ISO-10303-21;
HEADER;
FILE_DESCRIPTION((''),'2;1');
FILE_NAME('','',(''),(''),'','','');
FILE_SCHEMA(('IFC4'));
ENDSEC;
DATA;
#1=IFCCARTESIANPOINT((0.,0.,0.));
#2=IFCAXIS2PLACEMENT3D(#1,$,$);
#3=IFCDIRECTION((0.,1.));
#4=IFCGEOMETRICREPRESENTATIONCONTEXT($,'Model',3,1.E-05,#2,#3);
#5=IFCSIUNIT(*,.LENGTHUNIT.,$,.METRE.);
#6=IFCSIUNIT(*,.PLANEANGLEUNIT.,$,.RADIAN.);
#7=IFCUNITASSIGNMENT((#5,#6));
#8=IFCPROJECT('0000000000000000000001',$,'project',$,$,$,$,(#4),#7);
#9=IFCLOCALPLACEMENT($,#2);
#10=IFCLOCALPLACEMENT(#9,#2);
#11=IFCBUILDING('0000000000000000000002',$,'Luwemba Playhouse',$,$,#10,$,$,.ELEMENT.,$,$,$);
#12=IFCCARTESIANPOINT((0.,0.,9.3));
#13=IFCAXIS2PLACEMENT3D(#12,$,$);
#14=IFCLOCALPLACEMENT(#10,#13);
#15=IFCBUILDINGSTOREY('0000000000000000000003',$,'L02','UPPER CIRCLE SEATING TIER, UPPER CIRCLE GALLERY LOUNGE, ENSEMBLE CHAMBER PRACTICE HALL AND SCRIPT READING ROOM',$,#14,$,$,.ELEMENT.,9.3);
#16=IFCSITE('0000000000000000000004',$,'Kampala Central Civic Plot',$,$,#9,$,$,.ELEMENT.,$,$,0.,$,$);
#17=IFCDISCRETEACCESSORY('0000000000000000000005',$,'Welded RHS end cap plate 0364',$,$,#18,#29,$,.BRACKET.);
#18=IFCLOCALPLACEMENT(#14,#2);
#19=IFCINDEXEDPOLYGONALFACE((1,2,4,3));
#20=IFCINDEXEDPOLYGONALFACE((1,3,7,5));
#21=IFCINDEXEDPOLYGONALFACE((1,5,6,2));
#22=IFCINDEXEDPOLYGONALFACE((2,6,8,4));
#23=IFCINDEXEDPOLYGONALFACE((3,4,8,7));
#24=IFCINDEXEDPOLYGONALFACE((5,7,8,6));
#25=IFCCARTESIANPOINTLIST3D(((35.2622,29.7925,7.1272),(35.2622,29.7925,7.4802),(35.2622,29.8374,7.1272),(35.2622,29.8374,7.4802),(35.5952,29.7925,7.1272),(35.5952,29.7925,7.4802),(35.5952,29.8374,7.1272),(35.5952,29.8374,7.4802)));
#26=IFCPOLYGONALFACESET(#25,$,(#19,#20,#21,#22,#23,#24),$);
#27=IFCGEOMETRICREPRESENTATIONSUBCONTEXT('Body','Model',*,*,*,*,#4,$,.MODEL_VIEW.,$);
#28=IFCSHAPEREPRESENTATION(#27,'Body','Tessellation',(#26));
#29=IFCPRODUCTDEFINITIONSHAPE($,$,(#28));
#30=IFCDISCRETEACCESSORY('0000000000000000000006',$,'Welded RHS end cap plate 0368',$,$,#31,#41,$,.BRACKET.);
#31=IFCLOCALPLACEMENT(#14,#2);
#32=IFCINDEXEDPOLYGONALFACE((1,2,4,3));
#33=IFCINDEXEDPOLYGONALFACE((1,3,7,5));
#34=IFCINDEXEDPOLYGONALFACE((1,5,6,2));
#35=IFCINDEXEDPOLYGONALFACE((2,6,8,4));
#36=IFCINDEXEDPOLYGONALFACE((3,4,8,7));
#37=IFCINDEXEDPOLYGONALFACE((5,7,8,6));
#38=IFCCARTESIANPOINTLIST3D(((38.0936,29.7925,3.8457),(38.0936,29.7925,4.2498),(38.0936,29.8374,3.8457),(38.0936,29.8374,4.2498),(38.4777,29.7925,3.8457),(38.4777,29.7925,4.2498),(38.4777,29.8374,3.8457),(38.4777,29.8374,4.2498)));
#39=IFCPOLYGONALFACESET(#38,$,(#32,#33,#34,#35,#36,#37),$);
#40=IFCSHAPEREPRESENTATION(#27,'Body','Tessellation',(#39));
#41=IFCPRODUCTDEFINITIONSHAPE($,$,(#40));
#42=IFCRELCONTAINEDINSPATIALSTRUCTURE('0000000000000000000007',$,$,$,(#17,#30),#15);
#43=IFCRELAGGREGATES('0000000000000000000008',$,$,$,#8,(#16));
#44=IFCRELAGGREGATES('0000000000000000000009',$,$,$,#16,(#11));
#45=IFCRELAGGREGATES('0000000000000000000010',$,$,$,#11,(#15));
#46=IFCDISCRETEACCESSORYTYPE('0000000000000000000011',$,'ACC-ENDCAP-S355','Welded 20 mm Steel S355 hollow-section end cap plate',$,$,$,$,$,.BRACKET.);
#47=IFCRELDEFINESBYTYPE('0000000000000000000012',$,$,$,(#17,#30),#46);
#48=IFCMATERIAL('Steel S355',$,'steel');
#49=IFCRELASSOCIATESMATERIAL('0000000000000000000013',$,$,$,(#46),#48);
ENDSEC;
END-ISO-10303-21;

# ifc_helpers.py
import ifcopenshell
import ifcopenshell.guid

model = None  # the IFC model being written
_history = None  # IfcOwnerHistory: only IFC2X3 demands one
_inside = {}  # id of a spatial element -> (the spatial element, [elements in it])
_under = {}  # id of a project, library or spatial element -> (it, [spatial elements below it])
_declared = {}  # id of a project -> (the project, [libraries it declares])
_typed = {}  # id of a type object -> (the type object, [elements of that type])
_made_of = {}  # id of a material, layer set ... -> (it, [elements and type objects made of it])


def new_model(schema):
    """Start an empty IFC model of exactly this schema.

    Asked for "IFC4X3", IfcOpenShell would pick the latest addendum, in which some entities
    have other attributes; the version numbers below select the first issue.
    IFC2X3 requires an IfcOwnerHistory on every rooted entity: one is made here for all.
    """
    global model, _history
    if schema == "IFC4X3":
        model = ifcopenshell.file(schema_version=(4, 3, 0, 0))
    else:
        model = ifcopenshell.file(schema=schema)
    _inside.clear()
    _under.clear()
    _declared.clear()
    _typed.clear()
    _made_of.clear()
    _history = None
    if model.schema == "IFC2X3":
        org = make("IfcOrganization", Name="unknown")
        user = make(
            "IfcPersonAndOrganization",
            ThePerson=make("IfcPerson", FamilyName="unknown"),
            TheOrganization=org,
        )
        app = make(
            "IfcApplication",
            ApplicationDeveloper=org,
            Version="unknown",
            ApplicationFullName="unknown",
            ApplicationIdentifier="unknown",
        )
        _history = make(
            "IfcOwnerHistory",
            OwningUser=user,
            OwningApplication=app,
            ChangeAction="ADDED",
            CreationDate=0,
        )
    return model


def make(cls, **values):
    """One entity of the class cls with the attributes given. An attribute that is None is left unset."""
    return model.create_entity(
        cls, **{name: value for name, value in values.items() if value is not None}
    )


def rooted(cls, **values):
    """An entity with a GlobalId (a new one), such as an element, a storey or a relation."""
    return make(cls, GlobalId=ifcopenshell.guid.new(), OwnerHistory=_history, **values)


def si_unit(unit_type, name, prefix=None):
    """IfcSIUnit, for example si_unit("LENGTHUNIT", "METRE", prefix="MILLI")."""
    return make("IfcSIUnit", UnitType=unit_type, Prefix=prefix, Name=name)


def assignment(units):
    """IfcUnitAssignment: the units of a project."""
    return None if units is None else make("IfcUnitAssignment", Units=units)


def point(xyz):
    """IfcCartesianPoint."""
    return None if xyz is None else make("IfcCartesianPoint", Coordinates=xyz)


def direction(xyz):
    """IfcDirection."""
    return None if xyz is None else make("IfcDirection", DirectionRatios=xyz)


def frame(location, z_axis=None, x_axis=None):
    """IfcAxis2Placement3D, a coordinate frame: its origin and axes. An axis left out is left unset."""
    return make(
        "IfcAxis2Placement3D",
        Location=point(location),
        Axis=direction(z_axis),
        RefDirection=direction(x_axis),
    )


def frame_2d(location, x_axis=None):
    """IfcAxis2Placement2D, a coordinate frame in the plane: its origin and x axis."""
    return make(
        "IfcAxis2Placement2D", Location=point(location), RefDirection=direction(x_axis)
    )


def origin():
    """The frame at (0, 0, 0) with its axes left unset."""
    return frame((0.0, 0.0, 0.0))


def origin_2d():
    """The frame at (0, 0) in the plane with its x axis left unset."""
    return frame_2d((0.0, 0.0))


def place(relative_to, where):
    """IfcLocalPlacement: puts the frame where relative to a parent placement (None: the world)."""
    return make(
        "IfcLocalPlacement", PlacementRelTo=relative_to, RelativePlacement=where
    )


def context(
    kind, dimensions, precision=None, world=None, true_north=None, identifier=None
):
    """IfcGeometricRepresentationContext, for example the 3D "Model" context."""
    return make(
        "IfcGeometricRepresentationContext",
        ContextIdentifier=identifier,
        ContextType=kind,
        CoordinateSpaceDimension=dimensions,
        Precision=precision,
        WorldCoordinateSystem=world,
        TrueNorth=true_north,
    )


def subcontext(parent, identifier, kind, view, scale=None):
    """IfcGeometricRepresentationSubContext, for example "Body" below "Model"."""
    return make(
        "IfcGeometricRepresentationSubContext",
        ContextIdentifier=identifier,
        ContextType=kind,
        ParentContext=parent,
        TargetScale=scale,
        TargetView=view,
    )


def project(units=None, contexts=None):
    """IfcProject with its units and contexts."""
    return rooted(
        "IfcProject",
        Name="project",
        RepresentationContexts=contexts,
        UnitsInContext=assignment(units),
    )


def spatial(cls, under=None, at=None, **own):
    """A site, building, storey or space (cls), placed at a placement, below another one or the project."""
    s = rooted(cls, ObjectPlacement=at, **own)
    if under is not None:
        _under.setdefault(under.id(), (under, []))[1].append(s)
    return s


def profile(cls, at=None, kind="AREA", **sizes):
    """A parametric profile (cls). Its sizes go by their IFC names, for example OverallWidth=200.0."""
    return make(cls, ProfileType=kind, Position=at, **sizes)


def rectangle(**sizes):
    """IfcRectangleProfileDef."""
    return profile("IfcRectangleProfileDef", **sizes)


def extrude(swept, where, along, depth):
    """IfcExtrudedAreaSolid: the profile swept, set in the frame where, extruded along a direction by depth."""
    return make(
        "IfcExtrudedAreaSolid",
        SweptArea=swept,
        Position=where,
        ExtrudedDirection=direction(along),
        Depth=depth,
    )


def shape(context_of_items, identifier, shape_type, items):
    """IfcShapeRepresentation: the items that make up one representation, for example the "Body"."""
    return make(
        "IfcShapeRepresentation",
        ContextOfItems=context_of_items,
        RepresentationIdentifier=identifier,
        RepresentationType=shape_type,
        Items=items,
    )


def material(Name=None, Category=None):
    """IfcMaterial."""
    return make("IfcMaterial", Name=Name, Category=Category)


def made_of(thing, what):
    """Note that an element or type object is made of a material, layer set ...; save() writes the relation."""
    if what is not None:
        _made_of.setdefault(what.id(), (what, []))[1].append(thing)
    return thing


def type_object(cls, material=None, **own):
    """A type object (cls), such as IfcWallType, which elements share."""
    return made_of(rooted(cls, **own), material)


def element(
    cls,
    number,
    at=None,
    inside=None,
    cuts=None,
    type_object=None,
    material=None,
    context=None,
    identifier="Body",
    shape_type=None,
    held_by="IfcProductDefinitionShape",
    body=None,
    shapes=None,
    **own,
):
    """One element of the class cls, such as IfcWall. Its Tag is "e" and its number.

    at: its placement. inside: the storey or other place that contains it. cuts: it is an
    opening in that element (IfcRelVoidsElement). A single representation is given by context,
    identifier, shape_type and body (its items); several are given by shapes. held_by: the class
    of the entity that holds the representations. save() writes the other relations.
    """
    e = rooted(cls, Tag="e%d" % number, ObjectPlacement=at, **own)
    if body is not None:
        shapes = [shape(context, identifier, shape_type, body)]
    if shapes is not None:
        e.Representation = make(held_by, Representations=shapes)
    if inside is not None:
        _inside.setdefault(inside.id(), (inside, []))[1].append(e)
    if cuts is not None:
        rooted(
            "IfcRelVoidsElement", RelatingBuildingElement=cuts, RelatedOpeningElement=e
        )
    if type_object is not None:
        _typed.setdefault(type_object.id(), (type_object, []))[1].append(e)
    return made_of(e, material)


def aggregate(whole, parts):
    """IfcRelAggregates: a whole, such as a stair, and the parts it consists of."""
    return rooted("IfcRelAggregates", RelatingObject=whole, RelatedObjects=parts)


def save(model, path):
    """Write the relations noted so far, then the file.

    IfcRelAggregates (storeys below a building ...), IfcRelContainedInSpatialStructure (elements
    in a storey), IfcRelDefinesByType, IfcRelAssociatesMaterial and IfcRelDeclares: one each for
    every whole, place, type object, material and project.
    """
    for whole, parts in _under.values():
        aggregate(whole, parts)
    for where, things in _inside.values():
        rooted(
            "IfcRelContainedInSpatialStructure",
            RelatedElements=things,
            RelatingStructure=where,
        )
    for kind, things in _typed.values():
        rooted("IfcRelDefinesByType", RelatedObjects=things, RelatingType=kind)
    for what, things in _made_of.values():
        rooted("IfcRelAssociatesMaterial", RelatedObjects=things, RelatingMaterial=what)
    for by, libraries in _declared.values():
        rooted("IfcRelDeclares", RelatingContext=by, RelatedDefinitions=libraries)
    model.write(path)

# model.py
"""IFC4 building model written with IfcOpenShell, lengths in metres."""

from ifc_helpers import new_model, si_unit, direction, frame, origin, origin_2d, place, context, subcontext, project, spatial, rectangle, extrude, material, type_object, element, save


model = new_model("IFC4")

# Units and contexts
model_context = context("Model", 3, precision=1e-05, world=origin(), true_north=direction((0.0, 1.0)))
body_context = subcontext(model_context, "Body", "Model", "MODEL_VIEW")
ifc_project = project(units=[si_unit("LENGTHUNIT", "METRE"), si_unit("PLANEANGLEUNIT", "RADIAN")], contexts=[model_context])

# Site, building, storey
site_placement = place(None, origin())
site = spatial("IfcSite", under=ifc_project, at=site_placement, Name="Kampala Central Civic Plot", CompositionType="ELEMENT", RefElevation=0.0)
building_placement = place(site_placement, origin())
building = spatial("IfcBuilding", under=site, at=building_placement, Name="Luwemba Playhouse", CompositionType="ELEMENT")
storey_placement = place(building_placement, frame((0.0, 0.0, 9.3)))
storey = spatial("IfcBuildingStorey", under=building, at=storey_placement, Name="L02", Description="UPPER CIRCLE SEATING TIER, UPPER CIRCLE GALLERY LOUNGE, ENSEMBLE CHAMBER PRACTICE HALL AND SCRIPT READING ROOM", CompositionType="ELEMENT", Elevation=9.3)

# Shared definitions
ifc_material_1 = material(Name="Steel S355", Category="steel")

# Discrete accessories
discrete_accessory_type = type_object("IfcDiscreteAccessoryType", Name="ACC-ENDCAP-S355", Description="Welded 20 mm Steel S355 hollow-section end cap plate", PredefinedType="BRACKET", material=ifc_material_1)
discrete_accessory_1_placement = place(storey_placement, frame((35.4287, 29.8149, 7.1272), z_axis=(0.0, 0.0, 1.0), x_axis=(1.0, 0.0, 0.0)))
element("IfcDiscreteAccessory", 1, at=discrete_accessory_1_placement, inside=storey, type_object=discrete_accessory_type, Name="Welded RHS end cap plate 0364", PredefinedType="BRACKET", context=body_context, shape_type="SweptSolid", body=[
    extrude(rectangle(XDim=0.333, YDim=0.0449, at=origin_2d()), origin(), (0.0, 0.0, 1.0), 0.353),
])
discrete_accessory_2_placement = place(storey_placement, frame((38.2856, 29.8149, 3.8457), z_axis=(0.0, 0.0, 1.0), x_axis=(1.0, 0.0, 0.0)))
element("IfcDiscreteAccessory", 2, at=discrete_accessory_2_placement, inside=storey, type_object=discrete_accessory_type, Name="Welded RHS end cap plate 0368", PredefinedType="BRACKET", context=body_context, shape_type="SweptSolid", body=[
    extrude(rectangle(XDim=0.384, YDim=0.0449, at=origin_2d()), origin(), (0.0, 0.0, 1.0), 0.4041),
])

save(model, "model.ifc")
